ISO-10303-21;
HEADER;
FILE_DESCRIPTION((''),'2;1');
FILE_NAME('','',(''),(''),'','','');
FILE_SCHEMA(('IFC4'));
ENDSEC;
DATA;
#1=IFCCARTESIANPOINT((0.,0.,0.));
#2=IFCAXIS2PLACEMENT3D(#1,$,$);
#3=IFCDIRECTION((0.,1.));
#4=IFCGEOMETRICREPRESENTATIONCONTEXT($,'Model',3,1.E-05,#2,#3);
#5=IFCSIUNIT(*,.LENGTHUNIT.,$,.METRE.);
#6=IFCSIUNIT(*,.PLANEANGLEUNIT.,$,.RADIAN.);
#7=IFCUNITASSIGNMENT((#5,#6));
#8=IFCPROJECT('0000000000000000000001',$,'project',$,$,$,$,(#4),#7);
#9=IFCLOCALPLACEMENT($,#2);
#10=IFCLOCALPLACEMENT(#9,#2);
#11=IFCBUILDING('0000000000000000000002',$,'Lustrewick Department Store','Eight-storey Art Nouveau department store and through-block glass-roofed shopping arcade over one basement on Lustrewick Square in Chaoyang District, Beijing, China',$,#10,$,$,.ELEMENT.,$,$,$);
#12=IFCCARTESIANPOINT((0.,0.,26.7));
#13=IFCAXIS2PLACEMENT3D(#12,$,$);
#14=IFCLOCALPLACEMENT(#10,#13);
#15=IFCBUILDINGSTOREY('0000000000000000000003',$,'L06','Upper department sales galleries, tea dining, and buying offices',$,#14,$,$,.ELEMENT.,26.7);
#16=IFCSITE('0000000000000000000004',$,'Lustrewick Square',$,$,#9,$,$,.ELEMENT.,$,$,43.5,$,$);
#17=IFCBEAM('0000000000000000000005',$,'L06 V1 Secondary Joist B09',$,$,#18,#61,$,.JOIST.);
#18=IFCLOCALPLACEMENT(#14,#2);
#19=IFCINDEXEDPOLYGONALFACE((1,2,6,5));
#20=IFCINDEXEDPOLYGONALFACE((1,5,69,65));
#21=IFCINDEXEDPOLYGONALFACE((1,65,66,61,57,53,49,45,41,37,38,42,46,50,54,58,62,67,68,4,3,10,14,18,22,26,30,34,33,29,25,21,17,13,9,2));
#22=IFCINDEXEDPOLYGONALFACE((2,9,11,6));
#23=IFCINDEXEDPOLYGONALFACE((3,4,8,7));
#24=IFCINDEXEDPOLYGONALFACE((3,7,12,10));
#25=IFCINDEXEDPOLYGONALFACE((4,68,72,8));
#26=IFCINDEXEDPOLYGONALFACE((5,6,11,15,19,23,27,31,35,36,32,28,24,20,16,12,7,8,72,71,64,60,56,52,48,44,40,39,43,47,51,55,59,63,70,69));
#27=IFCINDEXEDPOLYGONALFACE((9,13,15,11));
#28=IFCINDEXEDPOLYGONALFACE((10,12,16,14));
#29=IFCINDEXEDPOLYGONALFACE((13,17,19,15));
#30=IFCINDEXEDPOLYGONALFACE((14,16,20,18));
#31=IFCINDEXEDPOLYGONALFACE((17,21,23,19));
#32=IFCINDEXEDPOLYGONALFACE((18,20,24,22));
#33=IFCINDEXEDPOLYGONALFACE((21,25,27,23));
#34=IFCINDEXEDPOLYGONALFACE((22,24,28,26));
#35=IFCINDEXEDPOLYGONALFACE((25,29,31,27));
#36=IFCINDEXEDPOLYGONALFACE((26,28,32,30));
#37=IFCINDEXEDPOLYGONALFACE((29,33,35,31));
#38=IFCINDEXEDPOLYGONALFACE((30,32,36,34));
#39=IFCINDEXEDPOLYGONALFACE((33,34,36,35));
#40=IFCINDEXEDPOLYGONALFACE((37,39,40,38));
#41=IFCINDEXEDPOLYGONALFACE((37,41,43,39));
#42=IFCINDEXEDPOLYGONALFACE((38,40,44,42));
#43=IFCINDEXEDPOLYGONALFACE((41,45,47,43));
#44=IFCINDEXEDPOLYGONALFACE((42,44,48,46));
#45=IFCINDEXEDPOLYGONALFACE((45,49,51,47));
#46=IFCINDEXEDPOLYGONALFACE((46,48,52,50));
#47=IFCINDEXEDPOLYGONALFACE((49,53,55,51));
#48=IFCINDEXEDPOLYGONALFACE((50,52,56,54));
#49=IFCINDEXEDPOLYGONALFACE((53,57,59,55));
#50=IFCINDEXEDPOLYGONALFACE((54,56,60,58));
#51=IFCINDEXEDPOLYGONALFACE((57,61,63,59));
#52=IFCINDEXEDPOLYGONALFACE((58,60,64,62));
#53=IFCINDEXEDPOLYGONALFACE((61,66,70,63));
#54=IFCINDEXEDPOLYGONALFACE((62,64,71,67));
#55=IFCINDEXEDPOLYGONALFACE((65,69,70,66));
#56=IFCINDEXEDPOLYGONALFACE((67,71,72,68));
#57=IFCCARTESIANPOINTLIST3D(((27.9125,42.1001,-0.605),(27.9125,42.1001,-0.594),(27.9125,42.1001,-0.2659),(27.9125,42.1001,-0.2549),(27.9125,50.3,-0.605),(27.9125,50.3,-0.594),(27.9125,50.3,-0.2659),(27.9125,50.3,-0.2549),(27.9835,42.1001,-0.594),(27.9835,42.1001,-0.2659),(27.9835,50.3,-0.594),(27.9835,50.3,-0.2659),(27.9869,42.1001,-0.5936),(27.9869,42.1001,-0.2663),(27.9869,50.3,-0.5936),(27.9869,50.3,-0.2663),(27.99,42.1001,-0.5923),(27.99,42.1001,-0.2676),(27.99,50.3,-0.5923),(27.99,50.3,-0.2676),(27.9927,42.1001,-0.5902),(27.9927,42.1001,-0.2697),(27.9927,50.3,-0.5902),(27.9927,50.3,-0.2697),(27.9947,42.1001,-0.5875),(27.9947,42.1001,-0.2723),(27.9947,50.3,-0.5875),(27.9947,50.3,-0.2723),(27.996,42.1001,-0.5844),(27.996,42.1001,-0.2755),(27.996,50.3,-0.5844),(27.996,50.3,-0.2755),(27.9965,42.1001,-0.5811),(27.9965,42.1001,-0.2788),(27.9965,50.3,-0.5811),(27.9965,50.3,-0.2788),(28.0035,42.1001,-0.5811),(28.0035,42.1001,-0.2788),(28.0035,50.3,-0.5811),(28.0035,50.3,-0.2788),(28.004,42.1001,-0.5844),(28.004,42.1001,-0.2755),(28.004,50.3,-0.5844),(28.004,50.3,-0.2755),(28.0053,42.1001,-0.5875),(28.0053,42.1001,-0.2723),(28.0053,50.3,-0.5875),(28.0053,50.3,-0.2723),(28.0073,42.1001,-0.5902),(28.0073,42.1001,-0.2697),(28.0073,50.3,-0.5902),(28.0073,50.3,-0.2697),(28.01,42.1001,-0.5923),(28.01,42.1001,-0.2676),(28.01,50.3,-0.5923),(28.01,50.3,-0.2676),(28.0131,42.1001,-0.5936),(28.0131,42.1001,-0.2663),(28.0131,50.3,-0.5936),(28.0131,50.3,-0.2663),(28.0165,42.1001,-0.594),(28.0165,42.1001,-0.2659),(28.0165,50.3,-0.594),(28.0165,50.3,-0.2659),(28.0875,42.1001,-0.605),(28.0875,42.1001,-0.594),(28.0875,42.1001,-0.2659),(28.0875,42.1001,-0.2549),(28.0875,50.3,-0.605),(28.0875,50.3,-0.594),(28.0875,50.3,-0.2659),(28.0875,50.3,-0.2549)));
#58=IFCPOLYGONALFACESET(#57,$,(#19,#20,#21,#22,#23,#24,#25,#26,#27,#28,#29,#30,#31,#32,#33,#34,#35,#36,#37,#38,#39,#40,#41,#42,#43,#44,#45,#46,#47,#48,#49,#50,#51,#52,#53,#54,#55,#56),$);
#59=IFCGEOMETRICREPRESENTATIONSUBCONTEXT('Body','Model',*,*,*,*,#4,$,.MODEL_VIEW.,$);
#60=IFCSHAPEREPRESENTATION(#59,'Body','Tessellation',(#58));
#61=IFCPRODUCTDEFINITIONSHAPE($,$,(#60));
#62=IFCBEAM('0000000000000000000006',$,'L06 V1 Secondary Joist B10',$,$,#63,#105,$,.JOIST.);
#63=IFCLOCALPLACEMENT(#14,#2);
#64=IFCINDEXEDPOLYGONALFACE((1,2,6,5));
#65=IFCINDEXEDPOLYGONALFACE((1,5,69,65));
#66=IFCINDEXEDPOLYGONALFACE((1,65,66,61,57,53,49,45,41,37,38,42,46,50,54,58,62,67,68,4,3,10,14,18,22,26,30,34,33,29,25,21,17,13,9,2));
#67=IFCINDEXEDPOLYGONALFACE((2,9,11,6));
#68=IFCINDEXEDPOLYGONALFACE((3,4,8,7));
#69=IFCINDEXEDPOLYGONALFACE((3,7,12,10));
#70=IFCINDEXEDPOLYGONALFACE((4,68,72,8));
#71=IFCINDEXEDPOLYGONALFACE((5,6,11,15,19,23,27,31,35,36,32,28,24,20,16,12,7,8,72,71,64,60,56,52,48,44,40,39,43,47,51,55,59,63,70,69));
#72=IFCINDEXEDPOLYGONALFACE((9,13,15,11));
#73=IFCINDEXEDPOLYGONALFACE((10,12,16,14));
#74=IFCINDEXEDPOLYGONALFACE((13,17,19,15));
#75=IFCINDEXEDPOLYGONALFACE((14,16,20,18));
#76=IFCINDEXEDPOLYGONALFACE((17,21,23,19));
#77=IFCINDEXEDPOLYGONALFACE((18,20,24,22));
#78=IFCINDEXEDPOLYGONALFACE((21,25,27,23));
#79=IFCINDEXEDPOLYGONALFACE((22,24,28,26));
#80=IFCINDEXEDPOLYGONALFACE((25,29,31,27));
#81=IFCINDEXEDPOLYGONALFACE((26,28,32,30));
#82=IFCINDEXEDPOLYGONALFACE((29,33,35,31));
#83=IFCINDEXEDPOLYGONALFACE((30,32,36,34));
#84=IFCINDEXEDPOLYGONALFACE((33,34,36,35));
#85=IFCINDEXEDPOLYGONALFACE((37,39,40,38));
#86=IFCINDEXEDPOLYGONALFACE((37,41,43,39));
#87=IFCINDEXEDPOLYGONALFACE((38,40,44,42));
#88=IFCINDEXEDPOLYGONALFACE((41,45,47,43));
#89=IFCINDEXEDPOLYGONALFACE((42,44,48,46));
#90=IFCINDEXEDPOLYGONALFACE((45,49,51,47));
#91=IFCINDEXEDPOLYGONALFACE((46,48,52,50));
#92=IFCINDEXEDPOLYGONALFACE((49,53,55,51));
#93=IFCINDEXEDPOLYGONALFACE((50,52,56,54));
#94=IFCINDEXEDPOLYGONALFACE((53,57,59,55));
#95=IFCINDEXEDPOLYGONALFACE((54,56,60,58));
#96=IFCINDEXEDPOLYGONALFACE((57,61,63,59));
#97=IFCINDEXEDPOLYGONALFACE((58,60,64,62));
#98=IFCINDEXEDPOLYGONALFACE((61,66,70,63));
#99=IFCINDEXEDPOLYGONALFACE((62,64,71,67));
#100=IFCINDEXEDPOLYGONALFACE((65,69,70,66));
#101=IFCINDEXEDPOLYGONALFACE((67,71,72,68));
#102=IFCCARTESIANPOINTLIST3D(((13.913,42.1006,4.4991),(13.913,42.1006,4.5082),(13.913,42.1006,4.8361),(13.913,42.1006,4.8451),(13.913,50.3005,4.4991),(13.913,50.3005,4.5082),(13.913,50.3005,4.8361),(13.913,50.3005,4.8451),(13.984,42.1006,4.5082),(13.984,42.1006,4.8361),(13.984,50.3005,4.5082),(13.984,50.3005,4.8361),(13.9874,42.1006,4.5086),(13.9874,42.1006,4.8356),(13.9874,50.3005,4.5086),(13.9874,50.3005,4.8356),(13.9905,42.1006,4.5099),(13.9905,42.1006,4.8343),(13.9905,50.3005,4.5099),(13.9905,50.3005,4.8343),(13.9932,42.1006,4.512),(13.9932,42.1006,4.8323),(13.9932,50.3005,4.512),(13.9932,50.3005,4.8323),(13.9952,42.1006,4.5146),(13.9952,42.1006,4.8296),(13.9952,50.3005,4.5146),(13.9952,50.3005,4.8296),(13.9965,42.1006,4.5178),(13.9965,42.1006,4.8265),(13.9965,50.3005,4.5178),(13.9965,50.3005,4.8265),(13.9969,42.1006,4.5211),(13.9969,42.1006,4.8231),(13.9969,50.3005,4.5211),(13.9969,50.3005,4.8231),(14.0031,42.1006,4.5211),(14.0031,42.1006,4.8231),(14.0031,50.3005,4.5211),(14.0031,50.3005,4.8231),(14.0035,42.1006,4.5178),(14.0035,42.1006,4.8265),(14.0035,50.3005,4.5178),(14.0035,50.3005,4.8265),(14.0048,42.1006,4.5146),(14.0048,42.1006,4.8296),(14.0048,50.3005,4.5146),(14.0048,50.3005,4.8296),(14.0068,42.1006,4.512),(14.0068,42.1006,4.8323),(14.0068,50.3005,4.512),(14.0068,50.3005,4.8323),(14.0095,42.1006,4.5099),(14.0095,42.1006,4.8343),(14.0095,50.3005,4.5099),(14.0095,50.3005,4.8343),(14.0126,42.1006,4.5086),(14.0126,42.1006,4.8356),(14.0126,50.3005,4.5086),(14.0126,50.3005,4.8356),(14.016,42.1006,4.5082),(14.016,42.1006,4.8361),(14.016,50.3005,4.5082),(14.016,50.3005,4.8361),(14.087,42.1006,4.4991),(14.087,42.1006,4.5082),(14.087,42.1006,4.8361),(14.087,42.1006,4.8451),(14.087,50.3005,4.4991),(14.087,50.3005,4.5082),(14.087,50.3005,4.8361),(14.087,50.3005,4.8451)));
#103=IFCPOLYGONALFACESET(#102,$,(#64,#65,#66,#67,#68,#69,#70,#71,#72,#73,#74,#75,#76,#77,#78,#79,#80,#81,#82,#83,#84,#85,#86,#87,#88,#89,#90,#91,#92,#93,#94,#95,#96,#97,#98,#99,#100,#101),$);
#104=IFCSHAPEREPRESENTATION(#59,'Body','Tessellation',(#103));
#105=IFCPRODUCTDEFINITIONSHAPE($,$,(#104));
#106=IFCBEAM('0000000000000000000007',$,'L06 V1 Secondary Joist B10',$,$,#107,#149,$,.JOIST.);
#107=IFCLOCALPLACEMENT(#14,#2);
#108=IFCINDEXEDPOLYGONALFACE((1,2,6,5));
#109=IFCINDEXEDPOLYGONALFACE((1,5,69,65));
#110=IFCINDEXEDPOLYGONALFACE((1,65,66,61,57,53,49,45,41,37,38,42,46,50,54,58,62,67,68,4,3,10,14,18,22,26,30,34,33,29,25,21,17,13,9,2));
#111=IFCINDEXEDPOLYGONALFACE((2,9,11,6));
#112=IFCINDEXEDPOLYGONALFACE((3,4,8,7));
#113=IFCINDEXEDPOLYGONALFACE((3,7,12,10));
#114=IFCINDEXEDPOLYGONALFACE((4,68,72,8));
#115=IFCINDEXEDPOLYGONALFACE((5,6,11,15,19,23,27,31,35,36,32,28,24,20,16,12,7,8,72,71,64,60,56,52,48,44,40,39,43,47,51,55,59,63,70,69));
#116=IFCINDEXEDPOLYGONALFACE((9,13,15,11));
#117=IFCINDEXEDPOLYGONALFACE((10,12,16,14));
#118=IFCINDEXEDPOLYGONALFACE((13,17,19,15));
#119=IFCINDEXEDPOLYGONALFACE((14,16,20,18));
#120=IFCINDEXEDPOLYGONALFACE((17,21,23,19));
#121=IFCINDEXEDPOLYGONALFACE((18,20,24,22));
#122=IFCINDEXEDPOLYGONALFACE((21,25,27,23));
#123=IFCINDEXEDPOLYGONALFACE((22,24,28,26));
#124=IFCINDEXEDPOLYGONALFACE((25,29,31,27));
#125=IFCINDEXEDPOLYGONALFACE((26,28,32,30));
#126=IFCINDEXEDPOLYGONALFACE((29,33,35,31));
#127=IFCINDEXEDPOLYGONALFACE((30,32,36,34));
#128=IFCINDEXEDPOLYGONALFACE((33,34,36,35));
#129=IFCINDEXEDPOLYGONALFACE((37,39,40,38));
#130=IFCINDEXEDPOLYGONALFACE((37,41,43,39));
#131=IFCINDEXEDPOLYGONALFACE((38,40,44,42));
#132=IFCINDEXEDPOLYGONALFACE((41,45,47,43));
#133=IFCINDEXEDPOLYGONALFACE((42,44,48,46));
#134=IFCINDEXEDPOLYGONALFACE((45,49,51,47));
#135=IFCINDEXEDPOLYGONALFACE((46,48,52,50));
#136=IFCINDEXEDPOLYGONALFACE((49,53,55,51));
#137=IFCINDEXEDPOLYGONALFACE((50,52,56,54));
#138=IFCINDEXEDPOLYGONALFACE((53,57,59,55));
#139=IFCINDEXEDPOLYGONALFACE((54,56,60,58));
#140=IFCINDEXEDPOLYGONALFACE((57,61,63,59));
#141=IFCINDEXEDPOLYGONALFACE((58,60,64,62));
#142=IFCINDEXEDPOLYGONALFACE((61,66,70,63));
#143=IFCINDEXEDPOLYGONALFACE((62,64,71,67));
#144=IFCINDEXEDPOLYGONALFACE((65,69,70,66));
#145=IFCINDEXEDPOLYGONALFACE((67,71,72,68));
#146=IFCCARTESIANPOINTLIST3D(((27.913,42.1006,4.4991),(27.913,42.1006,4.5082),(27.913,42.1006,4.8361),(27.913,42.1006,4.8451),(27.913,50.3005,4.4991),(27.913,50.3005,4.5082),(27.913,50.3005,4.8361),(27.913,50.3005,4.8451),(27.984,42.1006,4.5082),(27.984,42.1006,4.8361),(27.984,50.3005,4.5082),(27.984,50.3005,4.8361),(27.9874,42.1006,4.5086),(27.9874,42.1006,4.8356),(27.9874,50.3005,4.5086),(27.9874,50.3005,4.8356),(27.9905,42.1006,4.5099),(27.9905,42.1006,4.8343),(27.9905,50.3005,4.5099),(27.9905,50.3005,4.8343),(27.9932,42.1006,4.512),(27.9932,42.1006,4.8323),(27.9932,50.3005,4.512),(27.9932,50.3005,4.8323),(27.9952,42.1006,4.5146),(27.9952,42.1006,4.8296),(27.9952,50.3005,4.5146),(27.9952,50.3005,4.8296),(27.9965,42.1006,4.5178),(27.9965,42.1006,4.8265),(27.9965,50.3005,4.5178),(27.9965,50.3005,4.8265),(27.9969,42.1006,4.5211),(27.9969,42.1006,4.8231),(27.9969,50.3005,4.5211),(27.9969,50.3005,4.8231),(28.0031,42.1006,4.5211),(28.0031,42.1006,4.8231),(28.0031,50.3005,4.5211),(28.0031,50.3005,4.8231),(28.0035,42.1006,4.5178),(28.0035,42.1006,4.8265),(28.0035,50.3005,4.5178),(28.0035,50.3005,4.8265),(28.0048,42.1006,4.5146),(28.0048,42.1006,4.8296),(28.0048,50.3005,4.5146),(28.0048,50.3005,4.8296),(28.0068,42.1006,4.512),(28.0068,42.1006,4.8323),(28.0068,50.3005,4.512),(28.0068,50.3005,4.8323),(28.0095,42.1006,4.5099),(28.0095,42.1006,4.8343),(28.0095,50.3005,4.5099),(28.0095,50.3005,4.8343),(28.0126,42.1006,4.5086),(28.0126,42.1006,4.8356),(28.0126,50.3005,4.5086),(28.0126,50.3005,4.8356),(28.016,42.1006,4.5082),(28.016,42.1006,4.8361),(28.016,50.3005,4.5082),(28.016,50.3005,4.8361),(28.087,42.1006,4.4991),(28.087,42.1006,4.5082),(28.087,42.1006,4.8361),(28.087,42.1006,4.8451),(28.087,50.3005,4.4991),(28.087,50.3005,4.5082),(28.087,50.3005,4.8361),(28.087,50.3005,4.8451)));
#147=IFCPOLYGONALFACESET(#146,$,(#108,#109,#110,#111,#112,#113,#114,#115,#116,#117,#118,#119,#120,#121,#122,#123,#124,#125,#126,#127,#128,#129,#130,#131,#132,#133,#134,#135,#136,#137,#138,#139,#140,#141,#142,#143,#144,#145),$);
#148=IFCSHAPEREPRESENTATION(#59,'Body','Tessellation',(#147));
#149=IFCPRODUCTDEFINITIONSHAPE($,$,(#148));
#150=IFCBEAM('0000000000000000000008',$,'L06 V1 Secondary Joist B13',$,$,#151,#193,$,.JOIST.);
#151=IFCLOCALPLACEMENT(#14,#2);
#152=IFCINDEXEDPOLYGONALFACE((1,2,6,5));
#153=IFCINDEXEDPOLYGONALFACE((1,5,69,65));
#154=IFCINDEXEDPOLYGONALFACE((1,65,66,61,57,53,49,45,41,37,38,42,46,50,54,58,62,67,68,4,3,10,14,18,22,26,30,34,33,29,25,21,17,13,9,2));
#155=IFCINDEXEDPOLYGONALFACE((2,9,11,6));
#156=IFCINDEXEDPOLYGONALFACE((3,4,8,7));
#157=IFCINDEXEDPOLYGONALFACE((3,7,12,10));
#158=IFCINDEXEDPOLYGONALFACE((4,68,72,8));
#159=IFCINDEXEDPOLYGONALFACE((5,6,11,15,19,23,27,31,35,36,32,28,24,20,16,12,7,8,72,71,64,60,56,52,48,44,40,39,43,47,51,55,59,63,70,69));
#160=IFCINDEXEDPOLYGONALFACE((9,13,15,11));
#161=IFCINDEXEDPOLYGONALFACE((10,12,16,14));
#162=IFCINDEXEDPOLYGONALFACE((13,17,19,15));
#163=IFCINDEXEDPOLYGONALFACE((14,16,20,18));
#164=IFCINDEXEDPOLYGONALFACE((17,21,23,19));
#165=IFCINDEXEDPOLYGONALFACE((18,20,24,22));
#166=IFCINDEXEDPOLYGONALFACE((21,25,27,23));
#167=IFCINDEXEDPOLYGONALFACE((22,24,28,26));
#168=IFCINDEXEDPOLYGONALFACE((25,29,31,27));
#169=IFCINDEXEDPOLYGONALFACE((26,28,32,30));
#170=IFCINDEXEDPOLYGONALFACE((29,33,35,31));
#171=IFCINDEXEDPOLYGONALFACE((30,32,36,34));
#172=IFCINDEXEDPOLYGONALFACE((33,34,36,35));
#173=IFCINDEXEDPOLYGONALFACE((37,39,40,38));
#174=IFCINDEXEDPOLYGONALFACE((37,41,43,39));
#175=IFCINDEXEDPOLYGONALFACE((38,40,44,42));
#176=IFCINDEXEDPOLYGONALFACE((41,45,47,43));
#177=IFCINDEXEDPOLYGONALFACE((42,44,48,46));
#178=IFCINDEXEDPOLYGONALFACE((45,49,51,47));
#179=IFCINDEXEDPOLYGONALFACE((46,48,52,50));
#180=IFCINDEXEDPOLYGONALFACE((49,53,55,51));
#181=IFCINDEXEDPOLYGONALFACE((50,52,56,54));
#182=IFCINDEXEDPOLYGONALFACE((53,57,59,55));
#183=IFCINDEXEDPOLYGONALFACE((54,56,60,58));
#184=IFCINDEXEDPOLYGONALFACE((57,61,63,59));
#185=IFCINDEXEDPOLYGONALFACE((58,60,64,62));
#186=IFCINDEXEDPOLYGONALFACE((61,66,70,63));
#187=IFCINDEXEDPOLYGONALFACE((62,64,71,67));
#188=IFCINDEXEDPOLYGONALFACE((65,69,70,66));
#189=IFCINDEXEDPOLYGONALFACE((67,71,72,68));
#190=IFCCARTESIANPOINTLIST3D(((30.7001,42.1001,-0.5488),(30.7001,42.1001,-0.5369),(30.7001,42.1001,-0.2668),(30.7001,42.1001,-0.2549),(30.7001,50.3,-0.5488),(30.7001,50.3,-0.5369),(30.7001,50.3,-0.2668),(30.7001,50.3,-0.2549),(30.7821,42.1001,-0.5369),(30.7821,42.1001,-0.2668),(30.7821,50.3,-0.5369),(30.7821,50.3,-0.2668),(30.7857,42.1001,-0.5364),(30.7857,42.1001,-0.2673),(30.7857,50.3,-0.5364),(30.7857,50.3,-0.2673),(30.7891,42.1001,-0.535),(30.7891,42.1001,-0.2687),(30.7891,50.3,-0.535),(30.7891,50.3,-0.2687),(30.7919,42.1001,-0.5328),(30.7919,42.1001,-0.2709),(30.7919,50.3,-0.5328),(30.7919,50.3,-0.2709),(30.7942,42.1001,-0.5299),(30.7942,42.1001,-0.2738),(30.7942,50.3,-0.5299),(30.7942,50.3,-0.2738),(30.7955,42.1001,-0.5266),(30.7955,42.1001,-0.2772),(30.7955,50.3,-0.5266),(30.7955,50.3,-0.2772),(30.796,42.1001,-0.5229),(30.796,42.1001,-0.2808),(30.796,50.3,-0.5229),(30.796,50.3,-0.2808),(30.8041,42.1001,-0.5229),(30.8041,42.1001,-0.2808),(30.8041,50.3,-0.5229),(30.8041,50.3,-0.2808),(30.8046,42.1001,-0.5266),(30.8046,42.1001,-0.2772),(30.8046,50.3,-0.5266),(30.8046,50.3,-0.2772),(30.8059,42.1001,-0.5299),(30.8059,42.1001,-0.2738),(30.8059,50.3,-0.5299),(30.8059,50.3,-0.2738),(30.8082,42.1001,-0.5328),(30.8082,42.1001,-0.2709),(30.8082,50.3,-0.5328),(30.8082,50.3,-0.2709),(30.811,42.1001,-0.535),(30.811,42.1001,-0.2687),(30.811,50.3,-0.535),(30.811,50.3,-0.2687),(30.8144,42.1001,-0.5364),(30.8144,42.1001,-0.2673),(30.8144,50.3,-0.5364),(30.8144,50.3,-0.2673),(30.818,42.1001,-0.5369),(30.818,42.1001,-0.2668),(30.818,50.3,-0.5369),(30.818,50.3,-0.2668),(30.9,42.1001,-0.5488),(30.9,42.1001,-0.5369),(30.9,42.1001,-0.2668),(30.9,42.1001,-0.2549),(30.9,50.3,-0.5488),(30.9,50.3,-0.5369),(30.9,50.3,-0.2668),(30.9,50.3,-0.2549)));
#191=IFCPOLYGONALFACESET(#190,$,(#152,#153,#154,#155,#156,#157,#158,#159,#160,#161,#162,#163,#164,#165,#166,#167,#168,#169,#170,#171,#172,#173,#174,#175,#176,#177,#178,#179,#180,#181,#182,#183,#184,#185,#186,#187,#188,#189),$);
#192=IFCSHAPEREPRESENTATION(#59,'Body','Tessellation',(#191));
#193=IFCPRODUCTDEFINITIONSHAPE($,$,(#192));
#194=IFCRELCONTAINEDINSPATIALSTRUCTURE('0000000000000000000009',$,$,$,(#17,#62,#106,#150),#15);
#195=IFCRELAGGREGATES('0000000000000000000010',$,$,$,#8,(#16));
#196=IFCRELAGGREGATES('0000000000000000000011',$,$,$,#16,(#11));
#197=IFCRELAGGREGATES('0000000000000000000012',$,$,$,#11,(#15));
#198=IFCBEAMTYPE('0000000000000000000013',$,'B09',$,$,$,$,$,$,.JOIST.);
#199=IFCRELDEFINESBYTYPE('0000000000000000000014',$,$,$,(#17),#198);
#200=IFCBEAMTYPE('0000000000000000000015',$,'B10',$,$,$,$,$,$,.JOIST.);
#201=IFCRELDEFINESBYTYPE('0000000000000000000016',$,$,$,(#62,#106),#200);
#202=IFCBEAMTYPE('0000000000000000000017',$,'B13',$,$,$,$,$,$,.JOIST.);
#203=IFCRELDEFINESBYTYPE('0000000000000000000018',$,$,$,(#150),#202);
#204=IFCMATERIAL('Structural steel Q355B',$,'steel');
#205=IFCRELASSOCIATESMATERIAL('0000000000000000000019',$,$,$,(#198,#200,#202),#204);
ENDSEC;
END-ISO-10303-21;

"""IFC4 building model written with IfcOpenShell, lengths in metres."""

from ifc_helpers import new_model, si_unit, direction, frame, origin, origin_2d, place, context, subcontext, project, spatial, i_section, extrude, material, material_profile, profile_set, type_object, element, save


model = new_model("IFC4")

# Units and contexts
model_context = context("Model", 3, precision=1e-05, world=origin(), true_north=direction((0.0, 1.0)))
body_context = subcontext(model_context, "Body", "Model", "MODEL_VIEW")
ifc_project = project(units=[si_unit("LENGTHUNIT", "METRE"), si_unit("PLANEANGLEUNIT", "RADIAN")], contexts=[model_context])

# Site, building, storey
site_placement = place(None, origin())
site = spatial("IfcSite", under=ifc_project, at=site_placement, Name="Lustrewick Square", CompositionType="ELEMENT", RefElevation=43.5)
building_placement = place(site_placement, origin())
building = spatial("IfcBuilding", under=site, at=building_placement, Name="Lustrewick Department Store", Description="Eight-storey Art Nouveau department store and through-block glass-roofed shopping arcade over one basement on Lustrewick Square in Chaoyang District, Beijing, China", CompositionType="ELEMENT")
storey_placement = place(building_placement, frame((0.0, 0.0, 26.7)))
storey = spatial("IfcBuildingStorey", under=building, at=storey_placement, Name="L06", Description="Upper department sales galleries, tea dining, and buying offices", CompositionType="ELEMENT", Elevation=26.7)

# Shared definitions
ifc_material_1 = material(Name="Structural steel Q355B", Category="steel")

# Beams
ifc_material_profile_1 = material_profile(ifc_material_1, i_section(OverallWidth=0.175, OverallDepth=0.3501, WebThickness=0.0071, FlangeThickness=0.011, FilletRadius=0.0129, at=origin_2d()), Name="HN 350x175x7x11")
ifc_profile_set_1 = profile_set([ifc_material_profile_1], Name="Structural steel Q355B")
beam_type_1 = type_object("IfcBeamType", Name="B09", PredefinedType="JOIST", material=ifc_profile_set_1)
for number, where, z_axis, x_axis, name in (
    (1, (28.0, 42.1001, -0.4299), (0.0, 1.0, 0.0), (-1.0, 0.0, 0.0), "L06 V1 Secondary Joist B09"),
):
    element("IfcBeam", number, at=place(storey_placement, frame(where, z_axis=z_axis, x_axis=x_axis)), inside=storey, type_object=beam_type_1, Name=name, PredefinedType="JOIST", context=body_context, shape_type="SweptSolid", body=[
        extrude(i_section(OverallWidth=0.175, OverallDepth=0.3501, WebThickness=0.0071, FlangeThickness=0.011, FilletRadius=0.0129, at=origin_2d()), origin(), (0.0, 0.0, 1.0), 8.2),
    ])
ifc_material_profile_2 = material_profile(ifc_material_1, i_section(OverallWidth=0.1741, OverallDepth=0.3459, WebThickness=0.0061, FlangeThickness=0.009, FilletRadius=0.0129, at=origin_2d()), Name="HN 346x174x6x9")
ifc_profile_set_2 = profile_set([ifc_material_profile_2], Name="Structural steel Q355B")
beam_type_2 = type_object("IfcBeamType", Name="B10", PredefinedType="JOIST", material=ifc_profile_set_2)
for number, where, z_axis, x_axis, name in (
    (2, (14.0, 42.1006, 4.6721), (0.0, 1.0, 0.0), (-1.0, 0.0, 0.0), "L06 V1 Secondary Joist B10"),
    (3, (28.0, 42.1006, 4.6721), (0.0, 1.0, 0.0), (-1.0, 0.0, 0.0), "L06 V1 Secondary Joist B10"),
):
    element("IfcBeam", number, at=place(storey_placement, frame(where, z_axis=z_axis, x_axis=x_axis)), inside=storey, type_object=beam_type_2, Name=name, PredefinedType="JOIST", context=body_context, shape_type="SweptSolid", body=[
        extrude(i_section(OverallWidth=0.1741, OverallDepth=0.3459, WebThickness=0.0061, FlangeThickness=0.009, FilletRadius=0.0129, at=origin_2d()), origin(), (0.0, 0.0, 1.0), 8.2),
    ])
ifc_material_profile_3 = material_profile(ifc_material_1, i_section(OverallWidth=0.2, OverallDepth=0.2939, WebThickness=0.0081, FlangeThickness=0.012, FilletRadius=0.0139, at=origin_2d()), Name="HM 294x200x8x12")
ifc_profile_set_3 = profile_set([ifc_material_profile_3], Name="Structural steel Q355B")
beam_type_3 = type_object("IfcBeamType", Name="B13", PredefinedType="JOIST", material=ifc_profile_set_3)
beam_1_placement = place(storey_placement, frame((30.8, 42.1001, -0.4019), z_axis=(0.0, 1.0, 0.0), x_axis=(-1.0, 0.0, 0.0)))
element("IfcBeam", 4, at=beam_1_placement, inside=storey, type_object=beam_type_3, Name="L06 V1 Secondary Joist B13", PredefinedType="JOIST", context=body_context, shape_type="SweptSolid", body=[
    extrude(i_section(OverallWidth=0.2, OverallDepth=0.2939, WebThickness=0.0081, FlangeThickness=0.012, FilletRadius=0.0139, at=origin_2d()), origin(), (0.0, 0.0, 1.0), 8.2),
])

save(model, "model.ifc")
